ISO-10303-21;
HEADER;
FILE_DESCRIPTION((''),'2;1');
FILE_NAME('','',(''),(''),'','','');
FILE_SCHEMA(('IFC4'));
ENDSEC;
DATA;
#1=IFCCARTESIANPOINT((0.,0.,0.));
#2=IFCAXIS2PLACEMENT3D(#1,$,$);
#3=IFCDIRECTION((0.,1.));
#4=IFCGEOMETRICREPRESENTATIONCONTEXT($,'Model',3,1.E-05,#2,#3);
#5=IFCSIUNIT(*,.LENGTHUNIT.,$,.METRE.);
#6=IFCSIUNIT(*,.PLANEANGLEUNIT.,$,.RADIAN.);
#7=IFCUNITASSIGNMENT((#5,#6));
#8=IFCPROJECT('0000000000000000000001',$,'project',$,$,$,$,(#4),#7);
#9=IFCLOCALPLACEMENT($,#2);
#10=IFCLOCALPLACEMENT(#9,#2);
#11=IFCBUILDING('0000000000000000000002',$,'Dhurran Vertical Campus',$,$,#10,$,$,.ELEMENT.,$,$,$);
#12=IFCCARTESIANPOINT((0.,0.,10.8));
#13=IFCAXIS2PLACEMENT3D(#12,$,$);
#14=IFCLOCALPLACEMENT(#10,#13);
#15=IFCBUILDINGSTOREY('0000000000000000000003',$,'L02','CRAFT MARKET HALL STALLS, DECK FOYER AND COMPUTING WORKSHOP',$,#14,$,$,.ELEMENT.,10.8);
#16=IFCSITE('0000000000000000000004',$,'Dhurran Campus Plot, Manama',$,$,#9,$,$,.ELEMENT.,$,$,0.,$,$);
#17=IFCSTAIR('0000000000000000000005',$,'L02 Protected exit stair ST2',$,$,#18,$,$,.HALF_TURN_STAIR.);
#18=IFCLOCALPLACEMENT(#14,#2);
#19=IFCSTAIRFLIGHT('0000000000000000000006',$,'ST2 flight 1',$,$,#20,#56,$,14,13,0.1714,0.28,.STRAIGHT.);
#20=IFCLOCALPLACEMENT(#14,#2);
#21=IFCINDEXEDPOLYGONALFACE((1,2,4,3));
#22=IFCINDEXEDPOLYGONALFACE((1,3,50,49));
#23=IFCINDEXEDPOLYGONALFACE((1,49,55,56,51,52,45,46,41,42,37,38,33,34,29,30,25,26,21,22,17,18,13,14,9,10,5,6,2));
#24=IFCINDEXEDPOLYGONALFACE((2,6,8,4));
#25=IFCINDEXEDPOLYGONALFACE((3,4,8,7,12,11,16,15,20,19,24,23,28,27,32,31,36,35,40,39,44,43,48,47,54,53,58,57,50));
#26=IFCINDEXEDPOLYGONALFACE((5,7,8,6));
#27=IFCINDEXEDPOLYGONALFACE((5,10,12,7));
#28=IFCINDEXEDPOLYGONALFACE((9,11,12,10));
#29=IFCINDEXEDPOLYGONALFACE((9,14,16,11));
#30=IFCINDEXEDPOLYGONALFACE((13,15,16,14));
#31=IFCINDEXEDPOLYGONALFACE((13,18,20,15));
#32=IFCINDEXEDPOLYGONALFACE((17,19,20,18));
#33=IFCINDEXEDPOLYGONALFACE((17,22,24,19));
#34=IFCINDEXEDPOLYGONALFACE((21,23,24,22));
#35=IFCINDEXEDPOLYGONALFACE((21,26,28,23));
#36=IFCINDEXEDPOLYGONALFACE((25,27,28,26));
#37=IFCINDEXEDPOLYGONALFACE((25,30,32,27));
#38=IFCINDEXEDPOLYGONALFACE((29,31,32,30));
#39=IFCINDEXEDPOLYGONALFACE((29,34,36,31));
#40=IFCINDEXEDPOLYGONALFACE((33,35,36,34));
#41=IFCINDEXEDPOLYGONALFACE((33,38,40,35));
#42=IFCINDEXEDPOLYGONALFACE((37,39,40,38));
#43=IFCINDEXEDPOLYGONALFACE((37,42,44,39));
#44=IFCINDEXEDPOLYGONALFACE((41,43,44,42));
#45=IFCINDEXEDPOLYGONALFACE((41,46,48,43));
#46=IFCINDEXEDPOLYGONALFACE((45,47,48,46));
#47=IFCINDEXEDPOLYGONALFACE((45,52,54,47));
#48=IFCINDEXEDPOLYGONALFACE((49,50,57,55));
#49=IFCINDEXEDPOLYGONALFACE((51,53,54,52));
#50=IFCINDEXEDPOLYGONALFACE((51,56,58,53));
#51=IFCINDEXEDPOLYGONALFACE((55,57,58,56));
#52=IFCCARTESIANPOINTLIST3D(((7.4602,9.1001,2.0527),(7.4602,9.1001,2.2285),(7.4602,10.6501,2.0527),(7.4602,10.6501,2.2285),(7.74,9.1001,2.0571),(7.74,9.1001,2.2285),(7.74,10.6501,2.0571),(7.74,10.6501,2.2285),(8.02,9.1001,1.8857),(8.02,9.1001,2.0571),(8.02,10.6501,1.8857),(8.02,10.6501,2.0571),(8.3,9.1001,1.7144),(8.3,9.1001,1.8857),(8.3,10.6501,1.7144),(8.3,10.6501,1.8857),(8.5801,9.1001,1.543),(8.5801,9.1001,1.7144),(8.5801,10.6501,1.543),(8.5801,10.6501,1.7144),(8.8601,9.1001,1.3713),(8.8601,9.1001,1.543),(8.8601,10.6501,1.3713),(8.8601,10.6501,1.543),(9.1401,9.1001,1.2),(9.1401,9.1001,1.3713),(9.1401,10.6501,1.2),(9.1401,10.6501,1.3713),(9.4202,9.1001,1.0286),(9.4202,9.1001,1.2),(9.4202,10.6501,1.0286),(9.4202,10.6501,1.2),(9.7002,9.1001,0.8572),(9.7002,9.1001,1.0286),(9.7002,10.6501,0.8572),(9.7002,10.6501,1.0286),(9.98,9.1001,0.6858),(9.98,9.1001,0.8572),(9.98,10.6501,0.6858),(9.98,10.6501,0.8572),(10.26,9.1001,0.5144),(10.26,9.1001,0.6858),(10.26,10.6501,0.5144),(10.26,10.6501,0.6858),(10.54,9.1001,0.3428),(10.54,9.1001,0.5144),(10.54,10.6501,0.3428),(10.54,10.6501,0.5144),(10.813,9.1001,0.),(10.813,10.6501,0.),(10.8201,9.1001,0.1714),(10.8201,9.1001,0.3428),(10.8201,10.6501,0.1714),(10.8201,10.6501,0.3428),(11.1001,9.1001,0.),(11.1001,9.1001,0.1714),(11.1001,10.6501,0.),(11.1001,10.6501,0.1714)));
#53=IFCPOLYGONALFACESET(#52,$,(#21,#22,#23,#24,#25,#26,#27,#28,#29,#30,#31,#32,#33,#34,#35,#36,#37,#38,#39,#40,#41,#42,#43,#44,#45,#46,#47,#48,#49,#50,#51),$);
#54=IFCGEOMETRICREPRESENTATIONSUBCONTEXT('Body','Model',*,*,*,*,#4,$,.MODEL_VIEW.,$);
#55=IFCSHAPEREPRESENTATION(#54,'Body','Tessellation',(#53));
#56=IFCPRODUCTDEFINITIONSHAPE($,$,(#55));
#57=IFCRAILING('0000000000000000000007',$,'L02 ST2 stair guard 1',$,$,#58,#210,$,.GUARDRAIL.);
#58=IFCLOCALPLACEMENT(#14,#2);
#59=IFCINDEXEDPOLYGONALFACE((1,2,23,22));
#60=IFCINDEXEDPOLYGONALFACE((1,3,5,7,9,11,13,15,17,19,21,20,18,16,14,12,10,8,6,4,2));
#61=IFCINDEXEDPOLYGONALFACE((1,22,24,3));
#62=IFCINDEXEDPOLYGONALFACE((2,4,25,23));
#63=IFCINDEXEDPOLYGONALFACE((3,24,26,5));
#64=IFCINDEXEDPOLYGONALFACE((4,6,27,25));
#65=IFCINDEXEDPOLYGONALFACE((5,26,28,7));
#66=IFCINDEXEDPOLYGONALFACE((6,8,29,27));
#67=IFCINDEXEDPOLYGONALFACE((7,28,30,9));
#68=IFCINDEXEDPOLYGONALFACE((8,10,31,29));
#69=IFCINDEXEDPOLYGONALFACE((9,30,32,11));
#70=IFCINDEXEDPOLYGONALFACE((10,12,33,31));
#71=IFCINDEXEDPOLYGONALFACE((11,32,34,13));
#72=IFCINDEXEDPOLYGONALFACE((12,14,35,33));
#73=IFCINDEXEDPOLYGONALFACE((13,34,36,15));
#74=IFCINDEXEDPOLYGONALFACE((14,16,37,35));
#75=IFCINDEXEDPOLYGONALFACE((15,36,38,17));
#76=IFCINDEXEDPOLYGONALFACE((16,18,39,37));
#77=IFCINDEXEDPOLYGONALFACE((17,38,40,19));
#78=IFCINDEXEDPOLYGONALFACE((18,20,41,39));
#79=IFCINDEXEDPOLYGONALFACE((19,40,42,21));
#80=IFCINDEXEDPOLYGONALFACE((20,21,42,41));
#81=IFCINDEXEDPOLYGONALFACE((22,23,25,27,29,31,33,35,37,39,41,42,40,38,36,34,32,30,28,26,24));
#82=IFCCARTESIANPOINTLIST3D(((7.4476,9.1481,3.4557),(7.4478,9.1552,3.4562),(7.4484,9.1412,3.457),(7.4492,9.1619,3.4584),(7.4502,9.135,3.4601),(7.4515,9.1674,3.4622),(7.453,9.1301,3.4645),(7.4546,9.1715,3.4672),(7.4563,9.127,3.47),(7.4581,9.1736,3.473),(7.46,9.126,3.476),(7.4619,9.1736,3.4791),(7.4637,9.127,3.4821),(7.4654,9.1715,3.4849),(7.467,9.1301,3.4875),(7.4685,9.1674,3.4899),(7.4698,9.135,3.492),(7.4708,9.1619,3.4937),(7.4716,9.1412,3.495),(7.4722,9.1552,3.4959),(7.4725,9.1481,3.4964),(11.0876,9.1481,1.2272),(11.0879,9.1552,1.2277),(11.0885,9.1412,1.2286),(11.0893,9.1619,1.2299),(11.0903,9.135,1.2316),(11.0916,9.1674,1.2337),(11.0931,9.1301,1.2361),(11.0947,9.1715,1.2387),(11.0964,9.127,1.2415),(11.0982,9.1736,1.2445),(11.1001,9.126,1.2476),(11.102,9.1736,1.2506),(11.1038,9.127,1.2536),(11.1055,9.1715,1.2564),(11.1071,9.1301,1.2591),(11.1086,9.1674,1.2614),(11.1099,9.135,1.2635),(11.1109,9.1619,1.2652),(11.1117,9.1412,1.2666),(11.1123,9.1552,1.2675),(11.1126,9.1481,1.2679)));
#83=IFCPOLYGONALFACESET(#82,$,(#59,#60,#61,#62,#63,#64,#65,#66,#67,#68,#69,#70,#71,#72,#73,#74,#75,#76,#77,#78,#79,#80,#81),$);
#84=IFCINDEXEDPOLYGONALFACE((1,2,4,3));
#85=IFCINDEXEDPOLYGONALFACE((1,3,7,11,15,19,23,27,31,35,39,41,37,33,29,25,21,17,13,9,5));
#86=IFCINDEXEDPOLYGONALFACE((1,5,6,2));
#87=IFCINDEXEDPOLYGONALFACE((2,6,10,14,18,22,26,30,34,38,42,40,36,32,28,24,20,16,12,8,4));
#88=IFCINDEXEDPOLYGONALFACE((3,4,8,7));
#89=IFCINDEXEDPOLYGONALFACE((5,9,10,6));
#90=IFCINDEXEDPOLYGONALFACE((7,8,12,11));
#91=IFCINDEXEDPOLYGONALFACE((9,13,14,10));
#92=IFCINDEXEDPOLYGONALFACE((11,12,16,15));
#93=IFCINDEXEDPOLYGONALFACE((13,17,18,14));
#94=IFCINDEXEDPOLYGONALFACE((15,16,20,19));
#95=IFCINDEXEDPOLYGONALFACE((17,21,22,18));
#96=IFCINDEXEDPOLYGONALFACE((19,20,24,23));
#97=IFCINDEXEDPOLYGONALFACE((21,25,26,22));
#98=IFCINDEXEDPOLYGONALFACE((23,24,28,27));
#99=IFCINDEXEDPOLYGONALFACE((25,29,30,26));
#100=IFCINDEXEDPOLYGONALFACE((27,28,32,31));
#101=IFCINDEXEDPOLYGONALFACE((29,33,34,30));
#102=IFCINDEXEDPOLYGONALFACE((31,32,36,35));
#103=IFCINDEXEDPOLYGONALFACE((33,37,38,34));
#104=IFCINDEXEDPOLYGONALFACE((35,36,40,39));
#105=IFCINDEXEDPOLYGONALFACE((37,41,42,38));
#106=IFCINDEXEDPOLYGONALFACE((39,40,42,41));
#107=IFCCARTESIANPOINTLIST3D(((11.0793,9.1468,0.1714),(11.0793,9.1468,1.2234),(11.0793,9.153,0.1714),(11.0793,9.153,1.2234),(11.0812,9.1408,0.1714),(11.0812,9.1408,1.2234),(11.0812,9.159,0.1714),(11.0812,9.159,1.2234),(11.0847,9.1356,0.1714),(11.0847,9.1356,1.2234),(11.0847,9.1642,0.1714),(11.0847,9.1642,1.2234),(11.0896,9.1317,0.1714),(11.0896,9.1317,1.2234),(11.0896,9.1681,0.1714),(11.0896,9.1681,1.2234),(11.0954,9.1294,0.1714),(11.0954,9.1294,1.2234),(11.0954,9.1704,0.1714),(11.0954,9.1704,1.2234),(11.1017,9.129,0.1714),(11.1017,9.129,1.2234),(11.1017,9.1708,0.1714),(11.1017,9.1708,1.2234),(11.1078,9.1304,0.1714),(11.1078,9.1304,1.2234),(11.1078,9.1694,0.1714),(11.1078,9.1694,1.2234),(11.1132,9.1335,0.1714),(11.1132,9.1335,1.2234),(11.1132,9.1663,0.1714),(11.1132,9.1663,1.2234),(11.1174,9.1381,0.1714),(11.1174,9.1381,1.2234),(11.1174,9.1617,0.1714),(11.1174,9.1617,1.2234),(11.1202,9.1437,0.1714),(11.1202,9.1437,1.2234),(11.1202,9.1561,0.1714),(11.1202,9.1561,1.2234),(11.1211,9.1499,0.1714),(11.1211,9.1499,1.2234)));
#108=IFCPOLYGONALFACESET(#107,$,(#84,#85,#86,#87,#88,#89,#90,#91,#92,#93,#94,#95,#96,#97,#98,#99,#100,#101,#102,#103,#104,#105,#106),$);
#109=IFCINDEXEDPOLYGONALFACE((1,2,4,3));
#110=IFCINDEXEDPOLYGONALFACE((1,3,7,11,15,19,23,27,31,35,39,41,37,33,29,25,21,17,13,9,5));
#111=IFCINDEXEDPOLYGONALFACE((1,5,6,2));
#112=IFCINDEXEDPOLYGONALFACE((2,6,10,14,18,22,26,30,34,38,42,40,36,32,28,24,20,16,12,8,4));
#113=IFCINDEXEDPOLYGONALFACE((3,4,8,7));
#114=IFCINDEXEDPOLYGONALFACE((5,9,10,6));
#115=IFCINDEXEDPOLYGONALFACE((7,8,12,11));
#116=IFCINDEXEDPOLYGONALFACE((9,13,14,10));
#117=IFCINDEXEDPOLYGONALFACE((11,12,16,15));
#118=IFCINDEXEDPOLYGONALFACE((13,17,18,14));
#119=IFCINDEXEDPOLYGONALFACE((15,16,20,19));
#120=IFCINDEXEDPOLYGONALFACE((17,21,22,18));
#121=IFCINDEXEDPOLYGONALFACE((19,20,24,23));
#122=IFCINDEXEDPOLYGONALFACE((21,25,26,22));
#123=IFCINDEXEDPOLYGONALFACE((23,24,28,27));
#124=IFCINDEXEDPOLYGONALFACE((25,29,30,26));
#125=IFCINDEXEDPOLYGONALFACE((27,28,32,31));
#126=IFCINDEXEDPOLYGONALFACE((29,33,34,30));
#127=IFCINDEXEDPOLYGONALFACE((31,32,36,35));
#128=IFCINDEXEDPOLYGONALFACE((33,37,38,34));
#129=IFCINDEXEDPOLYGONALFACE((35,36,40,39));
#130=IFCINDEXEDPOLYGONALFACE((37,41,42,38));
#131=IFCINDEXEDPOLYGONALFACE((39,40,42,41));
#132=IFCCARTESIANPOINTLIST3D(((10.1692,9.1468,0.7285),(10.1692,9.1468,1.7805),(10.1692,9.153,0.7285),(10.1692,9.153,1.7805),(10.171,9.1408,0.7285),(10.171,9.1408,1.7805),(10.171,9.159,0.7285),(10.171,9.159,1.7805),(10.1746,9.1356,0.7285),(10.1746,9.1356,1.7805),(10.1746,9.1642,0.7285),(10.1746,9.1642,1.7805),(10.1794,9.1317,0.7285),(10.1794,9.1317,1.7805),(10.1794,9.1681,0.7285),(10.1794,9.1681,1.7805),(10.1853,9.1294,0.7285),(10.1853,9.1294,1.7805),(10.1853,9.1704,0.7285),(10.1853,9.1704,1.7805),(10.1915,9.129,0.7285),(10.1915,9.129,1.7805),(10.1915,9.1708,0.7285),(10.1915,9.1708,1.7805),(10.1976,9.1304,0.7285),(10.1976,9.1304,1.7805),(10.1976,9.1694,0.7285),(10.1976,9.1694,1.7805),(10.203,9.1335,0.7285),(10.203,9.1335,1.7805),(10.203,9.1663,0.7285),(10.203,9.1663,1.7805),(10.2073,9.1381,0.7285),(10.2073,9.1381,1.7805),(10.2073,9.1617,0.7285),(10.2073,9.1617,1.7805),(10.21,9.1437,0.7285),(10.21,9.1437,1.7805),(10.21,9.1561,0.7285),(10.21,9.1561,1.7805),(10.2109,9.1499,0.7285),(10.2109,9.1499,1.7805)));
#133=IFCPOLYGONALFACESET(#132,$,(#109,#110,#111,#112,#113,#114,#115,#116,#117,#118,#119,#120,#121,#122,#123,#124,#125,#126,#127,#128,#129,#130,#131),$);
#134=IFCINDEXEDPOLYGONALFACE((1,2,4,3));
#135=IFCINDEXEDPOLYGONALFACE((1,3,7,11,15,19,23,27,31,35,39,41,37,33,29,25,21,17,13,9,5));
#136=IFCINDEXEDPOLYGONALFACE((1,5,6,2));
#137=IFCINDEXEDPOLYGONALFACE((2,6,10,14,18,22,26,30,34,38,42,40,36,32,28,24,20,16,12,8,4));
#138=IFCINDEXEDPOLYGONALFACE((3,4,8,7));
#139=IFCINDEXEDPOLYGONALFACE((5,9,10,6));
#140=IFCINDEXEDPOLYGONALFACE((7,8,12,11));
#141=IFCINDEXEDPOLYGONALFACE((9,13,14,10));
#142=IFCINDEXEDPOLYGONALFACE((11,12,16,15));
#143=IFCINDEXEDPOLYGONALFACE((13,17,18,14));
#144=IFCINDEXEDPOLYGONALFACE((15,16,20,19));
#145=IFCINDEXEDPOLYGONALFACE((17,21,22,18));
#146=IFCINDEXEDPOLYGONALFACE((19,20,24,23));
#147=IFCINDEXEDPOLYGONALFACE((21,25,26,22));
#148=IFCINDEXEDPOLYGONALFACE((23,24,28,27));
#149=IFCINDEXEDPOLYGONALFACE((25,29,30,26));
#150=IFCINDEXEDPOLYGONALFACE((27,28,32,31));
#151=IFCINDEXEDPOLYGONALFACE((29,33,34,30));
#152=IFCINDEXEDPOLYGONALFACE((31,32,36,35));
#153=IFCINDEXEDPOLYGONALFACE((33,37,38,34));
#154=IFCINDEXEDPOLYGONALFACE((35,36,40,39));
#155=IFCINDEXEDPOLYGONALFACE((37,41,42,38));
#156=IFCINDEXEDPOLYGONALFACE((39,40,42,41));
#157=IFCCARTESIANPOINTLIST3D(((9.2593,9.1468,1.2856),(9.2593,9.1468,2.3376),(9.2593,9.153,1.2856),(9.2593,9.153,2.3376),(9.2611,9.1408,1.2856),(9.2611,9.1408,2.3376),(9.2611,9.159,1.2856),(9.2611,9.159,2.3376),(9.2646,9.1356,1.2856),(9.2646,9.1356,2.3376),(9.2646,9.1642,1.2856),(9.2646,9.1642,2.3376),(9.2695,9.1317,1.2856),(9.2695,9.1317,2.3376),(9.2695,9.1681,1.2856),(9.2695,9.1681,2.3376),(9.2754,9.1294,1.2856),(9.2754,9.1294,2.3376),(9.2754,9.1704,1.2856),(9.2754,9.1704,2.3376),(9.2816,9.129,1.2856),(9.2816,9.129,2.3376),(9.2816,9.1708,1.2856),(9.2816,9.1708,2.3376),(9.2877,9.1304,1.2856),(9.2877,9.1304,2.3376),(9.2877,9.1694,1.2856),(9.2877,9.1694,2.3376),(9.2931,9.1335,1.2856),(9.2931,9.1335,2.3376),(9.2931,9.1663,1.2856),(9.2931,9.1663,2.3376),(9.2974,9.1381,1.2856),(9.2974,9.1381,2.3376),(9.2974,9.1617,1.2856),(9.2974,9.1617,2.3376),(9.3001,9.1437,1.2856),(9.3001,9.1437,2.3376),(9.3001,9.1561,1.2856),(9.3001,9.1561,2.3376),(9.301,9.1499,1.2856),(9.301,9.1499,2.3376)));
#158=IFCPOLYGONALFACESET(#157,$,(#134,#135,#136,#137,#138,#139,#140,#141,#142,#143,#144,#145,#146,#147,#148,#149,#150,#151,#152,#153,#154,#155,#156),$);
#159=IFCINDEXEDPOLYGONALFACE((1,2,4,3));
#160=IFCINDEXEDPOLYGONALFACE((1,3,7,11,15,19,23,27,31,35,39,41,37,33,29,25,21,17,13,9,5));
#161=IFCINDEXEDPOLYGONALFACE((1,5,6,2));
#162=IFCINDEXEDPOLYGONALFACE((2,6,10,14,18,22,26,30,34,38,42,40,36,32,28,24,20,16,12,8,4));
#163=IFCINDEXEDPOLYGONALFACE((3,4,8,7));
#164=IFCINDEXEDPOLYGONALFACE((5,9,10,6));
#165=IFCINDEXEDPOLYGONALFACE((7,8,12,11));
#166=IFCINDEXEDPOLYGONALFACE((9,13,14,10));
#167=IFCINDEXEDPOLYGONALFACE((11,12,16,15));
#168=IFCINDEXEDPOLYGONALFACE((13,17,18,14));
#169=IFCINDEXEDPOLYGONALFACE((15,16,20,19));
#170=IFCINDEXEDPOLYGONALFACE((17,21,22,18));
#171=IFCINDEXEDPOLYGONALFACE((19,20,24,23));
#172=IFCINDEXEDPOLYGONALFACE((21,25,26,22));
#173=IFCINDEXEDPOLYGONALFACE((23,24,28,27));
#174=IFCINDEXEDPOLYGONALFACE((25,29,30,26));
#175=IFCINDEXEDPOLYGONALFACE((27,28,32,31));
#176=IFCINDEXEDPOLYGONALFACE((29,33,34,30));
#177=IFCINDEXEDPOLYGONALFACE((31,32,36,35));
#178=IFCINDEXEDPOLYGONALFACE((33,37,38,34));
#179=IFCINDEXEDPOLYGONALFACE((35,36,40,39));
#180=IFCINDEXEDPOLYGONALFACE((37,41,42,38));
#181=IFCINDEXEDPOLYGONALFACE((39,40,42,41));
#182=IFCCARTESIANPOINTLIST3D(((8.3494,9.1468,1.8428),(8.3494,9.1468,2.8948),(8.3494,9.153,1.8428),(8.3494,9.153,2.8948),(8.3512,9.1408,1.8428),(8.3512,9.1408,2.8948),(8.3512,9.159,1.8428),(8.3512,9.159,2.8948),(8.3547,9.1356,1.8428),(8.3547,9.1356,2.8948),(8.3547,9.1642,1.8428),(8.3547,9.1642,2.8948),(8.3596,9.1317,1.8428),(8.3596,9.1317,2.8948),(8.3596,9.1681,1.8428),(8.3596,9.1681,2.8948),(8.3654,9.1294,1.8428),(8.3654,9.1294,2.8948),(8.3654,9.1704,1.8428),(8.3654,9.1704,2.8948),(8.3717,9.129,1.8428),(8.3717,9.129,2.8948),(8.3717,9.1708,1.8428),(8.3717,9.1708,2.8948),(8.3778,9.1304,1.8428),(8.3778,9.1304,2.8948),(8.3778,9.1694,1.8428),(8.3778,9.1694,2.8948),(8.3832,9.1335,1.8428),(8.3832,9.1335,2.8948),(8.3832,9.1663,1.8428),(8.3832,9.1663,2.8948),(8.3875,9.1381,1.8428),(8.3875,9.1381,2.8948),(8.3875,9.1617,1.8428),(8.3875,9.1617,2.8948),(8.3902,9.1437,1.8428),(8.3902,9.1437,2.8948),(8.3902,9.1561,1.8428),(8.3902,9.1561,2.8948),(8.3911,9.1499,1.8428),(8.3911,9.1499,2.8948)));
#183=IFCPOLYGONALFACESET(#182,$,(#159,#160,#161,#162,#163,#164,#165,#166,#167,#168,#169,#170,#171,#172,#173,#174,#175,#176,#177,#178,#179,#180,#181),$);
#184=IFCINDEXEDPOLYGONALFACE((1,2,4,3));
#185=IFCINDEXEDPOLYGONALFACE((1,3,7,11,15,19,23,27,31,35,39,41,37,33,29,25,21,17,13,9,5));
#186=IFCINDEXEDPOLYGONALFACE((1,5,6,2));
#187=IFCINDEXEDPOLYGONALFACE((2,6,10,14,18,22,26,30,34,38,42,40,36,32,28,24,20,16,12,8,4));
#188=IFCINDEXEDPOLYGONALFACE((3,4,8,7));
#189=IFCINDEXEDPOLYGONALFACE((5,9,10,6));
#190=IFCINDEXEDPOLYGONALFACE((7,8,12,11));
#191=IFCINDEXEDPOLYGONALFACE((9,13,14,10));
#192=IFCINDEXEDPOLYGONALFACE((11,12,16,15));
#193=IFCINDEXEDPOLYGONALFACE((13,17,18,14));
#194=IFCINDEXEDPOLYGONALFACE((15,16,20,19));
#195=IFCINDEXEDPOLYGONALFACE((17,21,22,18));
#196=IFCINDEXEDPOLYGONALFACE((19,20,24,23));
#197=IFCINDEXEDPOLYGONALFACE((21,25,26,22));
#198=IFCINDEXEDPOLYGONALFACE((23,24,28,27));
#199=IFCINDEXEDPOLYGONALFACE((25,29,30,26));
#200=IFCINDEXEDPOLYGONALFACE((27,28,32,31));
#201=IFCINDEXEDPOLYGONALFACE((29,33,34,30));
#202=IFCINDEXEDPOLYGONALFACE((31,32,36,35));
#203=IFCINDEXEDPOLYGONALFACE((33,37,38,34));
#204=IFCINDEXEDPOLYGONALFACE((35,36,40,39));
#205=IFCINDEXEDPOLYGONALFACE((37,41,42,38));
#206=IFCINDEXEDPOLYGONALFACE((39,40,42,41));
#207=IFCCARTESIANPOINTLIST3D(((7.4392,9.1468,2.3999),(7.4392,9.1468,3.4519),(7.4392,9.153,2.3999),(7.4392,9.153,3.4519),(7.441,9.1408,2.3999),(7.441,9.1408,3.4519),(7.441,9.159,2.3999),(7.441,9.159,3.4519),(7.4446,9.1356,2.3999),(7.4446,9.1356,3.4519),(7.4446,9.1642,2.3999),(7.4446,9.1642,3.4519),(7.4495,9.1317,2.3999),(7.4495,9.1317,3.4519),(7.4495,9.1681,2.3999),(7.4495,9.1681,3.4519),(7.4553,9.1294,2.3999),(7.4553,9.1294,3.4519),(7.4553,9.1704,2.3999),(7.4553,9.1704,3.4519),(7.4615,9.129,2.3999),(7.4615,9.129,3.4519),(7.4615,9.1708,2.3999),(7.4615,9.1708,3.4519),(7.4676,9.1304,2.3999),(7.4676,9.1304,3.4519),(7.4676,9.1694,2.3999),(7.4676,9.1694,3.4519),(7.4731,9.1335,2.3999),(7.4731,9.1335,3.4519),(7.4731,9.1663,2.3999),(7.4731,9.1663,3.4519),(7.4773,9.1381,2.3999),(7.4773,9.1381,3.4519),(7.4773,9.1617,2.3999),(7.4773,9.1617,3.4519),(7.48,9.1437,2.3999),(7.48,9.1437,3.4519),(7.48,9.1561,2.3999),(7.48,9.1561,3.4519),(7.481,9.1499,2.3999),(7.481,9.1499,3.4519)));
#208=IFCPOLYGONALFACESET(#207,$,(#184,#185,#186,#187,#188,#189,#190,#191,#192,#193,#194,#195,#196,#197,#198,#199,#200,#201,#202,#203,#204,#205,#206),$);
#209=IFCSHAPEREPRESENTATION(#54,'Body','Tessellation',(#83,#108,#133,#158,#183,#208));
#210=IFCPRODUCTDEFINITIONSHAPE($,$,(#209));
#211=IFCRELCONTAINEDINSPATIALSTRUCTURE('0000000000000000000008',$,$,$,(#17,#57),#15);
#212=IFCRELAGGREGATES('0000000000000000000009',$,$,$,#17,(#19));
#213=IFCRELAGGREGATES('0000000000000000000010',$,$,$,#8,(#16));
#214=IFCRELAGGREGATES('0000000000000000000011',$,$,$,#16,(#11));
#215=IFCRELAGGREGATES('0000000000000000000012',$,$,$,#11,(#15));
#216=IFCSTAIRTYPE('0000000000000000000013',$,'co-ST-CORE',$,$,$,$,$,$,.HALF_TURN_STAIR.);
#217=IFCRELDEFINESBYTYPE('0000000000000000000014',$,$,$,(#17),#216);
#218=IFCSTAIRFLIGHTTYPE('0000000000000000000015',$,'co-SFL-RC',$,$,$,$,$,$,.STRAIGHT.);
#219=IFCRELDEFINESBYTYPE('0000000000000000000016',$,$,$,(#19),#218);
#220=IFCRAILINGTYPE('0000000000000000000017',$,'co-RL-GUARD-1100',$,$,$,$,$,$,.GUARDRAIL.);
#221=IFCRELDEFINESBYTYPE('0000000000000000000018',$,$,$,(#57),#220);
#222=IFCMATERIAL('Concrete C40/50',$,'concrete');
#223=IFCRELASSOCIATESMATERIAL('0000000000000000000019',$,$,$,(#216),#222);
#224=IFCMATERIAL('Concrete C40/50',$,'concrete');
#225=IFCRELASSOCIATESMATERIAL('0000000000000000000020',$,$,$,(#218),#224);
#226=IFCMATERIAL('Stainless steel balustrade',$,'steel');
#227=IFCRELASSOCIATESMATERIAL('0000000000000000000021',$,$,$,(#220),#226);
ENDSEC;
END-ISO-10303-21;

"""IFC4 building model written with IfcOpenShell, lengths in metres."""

from ifc_helpers import new_model, si_unit, direction, frame, origin, origin_2d, place, context, subcontext, project, spatial, polyline, circle, outline, extrude, material, type_object, element, aggregate, save


model = new_model("IFC4")

# Units and contexts
model_context = context("Model", 3, precision=1e-05, world=origin(), true_north=direction((0.0, 1.0)))
body_context = subcontext(model_context, "Body", "Model", "MODEL_VIEW")
ifc_project = project(units=[si_unit("LENGTHUNIT", "METRE"), si_unit("PLANEANGLEUNIT", "RADIAN")], contexts=[model_context])

# Site, building, storey
site_placement = place(None, origin())
site = spatial("IfcSite", under=ifc_project, at=site_placement, Name="Dhurran Campus Plot, Manama", CompositionType="ELEMENT", RefElevation=0.0)
building_placement = place(site_placement, origin())
building = spatial("IfcBuilding", under=site, at=building_placement, Name="Dhurran Vertical Campus", CompositionType="ELEMENT")
storey_placement = place(building_placement, frame((0.0, 0.0, 10.8)))
storey = spatial("IfcBuildingStorey", under=building, at=storey_placement, Name="L02", Description="CRAFT MARKET HALL STALLS, DECK FOYER AND COMPUTING WORKSHOP", CompositionType="ELEMENT", Elevation=10.8)

# Stair, stair flight
ifc_material_1 = material(Name="Concrete C40/50", Category="concrete")
stair_type = type_object("IfcStairType", Name="co-ST-CORE", PredefinedType="HALF_TURN_STAIR", material=ifc_material_1)
stair_placement = place(storey_placement, origin())
stair = element("IfcStair", 1, at=stair_placement, inside=storey, type_object=stair_type, Name="L02 Protected exit stair ST2", PredefinedType="HALF_TURN_STAIR")
ifc_material_2 = material(Name="Concrete C40/50", Category="concrete")
stair_flight_type = type_object("IfcStairFlightType", Name="co-SFL-RC", PredefinedType="STRAIGHT", material=ifc_material_2)
stair_flight_placement = place(storey_placement, frame((11.1001, 9.875, 0.0), z_axis=(0.0, 0.0, 1.0), x_axis=(-1.0, 0.0, 0.0)))
stair_flight = element("IfcStairFlight", 2, at=stair_flight_placement, type_object=stair_flight_type, Name="ST2 flight 1", NumberOfRisers=14, NumberOfTreads=13, PredefinedType="STRAIGHT", RiserHeight=0.1714, TreadLength=0.28, context=body_context, shape_type="SweptSolid", body=[
    extrude(outline(polyline([(0.0, 0.0), (0.0, 0.1714), (0.28, 0.1714), (0.28, 0.3428), (0.5601, 0.3428), (0.5601, 0.5144), (0.8401, 0.5144), (0.8401, 0.6858), (1.1201, 0.6858), (1.1201, 0.8572), (1.3999, 0.8572), (1.3999, 1.0286), (1.6799, 1.0286), (1.6799, 1.2), (1.96, 1.2), (1.96, 1.3713), (2.24, 1.3713), (2.24, 1.543), (2.52, 1.543), (2.52, 1.7144), (2.8, 1.7144), (2.8, 1.8857), (3.0801, 1.8857), (3.0801, 2.0571), (3.3601, 2.0571), (3.3601, 2.2285), (3.6399, 2.2285), (3.6399, 2.3999), (3.6399, 2.0527), (0.2871, 0.0), (0.0, 0.0)])), frame((0.0, 0.7749, 0.0), z_axis=(0.0, -1.0, 0.0), x_axis=(1.0, 0.0, 0.0)), (0.0, 0.0, 1.0), 1.55),
])
aggregate(stair, [stair_flight])

# Railing
ifc_material_3 = material(Name="Stainless steel balustrade", Category="steel")
railing_type_1 = type_object("IfcRailingType", Name="co-RL-GUARD-1100", PredefinedType="GUARDRAIL", material=ifc_material_3)
railing_1_placement = place(storey_placement, frame((11.1001, 9.1499, 0.1714)))
element("IfcRailing", 3, at=railing_1_placement, inside=storey, type_object=railing_type_1, Name="L02 ST2 stair guard 1", PredefinedType="GUARDRAIL", context=body_context, shape_type="SweptSolid", body=[
    extrude(circle(Radius=0.0239, at=origin_2d()), frame((0.0, 0.0, 1.0762), z_axis=(-0.852866, 0.0, 0.52213), x_axis=(0.0, -1.0, 0.0)), (0.0, 0.0, 1.0), 4.2681),
    extrude(circle(Radius=0.021, at=origin_2d()), origin(), (0.0, 0.0, 1.0), 1.052),
    extrude(circle(Radius=0.021, at=origin_2d()), frame((-0.9102, 0.0, 0.5571)), (0.0, 0.0, 1.0), 1.052),
    extrude(circle(Radius=0.021, at=origin_2d()), frame((-1.8201, 0.0, 1.1143)), (0.0, 0.0, 1.0), 1.052),
    extrude(circle(Radius=0.021, at=origin_2d()), frame((-2.73, 0.0, 1.6714)), (0.0, 0.0, 1.0), 1.052),
    extrude(circle(Radius=0.021, at=origin_2d()), frame((-3.6401, 0.0, 2.2285)), (0.0, 0.0, 1.0), 1.052),
])

save(model, "model.ifc")
